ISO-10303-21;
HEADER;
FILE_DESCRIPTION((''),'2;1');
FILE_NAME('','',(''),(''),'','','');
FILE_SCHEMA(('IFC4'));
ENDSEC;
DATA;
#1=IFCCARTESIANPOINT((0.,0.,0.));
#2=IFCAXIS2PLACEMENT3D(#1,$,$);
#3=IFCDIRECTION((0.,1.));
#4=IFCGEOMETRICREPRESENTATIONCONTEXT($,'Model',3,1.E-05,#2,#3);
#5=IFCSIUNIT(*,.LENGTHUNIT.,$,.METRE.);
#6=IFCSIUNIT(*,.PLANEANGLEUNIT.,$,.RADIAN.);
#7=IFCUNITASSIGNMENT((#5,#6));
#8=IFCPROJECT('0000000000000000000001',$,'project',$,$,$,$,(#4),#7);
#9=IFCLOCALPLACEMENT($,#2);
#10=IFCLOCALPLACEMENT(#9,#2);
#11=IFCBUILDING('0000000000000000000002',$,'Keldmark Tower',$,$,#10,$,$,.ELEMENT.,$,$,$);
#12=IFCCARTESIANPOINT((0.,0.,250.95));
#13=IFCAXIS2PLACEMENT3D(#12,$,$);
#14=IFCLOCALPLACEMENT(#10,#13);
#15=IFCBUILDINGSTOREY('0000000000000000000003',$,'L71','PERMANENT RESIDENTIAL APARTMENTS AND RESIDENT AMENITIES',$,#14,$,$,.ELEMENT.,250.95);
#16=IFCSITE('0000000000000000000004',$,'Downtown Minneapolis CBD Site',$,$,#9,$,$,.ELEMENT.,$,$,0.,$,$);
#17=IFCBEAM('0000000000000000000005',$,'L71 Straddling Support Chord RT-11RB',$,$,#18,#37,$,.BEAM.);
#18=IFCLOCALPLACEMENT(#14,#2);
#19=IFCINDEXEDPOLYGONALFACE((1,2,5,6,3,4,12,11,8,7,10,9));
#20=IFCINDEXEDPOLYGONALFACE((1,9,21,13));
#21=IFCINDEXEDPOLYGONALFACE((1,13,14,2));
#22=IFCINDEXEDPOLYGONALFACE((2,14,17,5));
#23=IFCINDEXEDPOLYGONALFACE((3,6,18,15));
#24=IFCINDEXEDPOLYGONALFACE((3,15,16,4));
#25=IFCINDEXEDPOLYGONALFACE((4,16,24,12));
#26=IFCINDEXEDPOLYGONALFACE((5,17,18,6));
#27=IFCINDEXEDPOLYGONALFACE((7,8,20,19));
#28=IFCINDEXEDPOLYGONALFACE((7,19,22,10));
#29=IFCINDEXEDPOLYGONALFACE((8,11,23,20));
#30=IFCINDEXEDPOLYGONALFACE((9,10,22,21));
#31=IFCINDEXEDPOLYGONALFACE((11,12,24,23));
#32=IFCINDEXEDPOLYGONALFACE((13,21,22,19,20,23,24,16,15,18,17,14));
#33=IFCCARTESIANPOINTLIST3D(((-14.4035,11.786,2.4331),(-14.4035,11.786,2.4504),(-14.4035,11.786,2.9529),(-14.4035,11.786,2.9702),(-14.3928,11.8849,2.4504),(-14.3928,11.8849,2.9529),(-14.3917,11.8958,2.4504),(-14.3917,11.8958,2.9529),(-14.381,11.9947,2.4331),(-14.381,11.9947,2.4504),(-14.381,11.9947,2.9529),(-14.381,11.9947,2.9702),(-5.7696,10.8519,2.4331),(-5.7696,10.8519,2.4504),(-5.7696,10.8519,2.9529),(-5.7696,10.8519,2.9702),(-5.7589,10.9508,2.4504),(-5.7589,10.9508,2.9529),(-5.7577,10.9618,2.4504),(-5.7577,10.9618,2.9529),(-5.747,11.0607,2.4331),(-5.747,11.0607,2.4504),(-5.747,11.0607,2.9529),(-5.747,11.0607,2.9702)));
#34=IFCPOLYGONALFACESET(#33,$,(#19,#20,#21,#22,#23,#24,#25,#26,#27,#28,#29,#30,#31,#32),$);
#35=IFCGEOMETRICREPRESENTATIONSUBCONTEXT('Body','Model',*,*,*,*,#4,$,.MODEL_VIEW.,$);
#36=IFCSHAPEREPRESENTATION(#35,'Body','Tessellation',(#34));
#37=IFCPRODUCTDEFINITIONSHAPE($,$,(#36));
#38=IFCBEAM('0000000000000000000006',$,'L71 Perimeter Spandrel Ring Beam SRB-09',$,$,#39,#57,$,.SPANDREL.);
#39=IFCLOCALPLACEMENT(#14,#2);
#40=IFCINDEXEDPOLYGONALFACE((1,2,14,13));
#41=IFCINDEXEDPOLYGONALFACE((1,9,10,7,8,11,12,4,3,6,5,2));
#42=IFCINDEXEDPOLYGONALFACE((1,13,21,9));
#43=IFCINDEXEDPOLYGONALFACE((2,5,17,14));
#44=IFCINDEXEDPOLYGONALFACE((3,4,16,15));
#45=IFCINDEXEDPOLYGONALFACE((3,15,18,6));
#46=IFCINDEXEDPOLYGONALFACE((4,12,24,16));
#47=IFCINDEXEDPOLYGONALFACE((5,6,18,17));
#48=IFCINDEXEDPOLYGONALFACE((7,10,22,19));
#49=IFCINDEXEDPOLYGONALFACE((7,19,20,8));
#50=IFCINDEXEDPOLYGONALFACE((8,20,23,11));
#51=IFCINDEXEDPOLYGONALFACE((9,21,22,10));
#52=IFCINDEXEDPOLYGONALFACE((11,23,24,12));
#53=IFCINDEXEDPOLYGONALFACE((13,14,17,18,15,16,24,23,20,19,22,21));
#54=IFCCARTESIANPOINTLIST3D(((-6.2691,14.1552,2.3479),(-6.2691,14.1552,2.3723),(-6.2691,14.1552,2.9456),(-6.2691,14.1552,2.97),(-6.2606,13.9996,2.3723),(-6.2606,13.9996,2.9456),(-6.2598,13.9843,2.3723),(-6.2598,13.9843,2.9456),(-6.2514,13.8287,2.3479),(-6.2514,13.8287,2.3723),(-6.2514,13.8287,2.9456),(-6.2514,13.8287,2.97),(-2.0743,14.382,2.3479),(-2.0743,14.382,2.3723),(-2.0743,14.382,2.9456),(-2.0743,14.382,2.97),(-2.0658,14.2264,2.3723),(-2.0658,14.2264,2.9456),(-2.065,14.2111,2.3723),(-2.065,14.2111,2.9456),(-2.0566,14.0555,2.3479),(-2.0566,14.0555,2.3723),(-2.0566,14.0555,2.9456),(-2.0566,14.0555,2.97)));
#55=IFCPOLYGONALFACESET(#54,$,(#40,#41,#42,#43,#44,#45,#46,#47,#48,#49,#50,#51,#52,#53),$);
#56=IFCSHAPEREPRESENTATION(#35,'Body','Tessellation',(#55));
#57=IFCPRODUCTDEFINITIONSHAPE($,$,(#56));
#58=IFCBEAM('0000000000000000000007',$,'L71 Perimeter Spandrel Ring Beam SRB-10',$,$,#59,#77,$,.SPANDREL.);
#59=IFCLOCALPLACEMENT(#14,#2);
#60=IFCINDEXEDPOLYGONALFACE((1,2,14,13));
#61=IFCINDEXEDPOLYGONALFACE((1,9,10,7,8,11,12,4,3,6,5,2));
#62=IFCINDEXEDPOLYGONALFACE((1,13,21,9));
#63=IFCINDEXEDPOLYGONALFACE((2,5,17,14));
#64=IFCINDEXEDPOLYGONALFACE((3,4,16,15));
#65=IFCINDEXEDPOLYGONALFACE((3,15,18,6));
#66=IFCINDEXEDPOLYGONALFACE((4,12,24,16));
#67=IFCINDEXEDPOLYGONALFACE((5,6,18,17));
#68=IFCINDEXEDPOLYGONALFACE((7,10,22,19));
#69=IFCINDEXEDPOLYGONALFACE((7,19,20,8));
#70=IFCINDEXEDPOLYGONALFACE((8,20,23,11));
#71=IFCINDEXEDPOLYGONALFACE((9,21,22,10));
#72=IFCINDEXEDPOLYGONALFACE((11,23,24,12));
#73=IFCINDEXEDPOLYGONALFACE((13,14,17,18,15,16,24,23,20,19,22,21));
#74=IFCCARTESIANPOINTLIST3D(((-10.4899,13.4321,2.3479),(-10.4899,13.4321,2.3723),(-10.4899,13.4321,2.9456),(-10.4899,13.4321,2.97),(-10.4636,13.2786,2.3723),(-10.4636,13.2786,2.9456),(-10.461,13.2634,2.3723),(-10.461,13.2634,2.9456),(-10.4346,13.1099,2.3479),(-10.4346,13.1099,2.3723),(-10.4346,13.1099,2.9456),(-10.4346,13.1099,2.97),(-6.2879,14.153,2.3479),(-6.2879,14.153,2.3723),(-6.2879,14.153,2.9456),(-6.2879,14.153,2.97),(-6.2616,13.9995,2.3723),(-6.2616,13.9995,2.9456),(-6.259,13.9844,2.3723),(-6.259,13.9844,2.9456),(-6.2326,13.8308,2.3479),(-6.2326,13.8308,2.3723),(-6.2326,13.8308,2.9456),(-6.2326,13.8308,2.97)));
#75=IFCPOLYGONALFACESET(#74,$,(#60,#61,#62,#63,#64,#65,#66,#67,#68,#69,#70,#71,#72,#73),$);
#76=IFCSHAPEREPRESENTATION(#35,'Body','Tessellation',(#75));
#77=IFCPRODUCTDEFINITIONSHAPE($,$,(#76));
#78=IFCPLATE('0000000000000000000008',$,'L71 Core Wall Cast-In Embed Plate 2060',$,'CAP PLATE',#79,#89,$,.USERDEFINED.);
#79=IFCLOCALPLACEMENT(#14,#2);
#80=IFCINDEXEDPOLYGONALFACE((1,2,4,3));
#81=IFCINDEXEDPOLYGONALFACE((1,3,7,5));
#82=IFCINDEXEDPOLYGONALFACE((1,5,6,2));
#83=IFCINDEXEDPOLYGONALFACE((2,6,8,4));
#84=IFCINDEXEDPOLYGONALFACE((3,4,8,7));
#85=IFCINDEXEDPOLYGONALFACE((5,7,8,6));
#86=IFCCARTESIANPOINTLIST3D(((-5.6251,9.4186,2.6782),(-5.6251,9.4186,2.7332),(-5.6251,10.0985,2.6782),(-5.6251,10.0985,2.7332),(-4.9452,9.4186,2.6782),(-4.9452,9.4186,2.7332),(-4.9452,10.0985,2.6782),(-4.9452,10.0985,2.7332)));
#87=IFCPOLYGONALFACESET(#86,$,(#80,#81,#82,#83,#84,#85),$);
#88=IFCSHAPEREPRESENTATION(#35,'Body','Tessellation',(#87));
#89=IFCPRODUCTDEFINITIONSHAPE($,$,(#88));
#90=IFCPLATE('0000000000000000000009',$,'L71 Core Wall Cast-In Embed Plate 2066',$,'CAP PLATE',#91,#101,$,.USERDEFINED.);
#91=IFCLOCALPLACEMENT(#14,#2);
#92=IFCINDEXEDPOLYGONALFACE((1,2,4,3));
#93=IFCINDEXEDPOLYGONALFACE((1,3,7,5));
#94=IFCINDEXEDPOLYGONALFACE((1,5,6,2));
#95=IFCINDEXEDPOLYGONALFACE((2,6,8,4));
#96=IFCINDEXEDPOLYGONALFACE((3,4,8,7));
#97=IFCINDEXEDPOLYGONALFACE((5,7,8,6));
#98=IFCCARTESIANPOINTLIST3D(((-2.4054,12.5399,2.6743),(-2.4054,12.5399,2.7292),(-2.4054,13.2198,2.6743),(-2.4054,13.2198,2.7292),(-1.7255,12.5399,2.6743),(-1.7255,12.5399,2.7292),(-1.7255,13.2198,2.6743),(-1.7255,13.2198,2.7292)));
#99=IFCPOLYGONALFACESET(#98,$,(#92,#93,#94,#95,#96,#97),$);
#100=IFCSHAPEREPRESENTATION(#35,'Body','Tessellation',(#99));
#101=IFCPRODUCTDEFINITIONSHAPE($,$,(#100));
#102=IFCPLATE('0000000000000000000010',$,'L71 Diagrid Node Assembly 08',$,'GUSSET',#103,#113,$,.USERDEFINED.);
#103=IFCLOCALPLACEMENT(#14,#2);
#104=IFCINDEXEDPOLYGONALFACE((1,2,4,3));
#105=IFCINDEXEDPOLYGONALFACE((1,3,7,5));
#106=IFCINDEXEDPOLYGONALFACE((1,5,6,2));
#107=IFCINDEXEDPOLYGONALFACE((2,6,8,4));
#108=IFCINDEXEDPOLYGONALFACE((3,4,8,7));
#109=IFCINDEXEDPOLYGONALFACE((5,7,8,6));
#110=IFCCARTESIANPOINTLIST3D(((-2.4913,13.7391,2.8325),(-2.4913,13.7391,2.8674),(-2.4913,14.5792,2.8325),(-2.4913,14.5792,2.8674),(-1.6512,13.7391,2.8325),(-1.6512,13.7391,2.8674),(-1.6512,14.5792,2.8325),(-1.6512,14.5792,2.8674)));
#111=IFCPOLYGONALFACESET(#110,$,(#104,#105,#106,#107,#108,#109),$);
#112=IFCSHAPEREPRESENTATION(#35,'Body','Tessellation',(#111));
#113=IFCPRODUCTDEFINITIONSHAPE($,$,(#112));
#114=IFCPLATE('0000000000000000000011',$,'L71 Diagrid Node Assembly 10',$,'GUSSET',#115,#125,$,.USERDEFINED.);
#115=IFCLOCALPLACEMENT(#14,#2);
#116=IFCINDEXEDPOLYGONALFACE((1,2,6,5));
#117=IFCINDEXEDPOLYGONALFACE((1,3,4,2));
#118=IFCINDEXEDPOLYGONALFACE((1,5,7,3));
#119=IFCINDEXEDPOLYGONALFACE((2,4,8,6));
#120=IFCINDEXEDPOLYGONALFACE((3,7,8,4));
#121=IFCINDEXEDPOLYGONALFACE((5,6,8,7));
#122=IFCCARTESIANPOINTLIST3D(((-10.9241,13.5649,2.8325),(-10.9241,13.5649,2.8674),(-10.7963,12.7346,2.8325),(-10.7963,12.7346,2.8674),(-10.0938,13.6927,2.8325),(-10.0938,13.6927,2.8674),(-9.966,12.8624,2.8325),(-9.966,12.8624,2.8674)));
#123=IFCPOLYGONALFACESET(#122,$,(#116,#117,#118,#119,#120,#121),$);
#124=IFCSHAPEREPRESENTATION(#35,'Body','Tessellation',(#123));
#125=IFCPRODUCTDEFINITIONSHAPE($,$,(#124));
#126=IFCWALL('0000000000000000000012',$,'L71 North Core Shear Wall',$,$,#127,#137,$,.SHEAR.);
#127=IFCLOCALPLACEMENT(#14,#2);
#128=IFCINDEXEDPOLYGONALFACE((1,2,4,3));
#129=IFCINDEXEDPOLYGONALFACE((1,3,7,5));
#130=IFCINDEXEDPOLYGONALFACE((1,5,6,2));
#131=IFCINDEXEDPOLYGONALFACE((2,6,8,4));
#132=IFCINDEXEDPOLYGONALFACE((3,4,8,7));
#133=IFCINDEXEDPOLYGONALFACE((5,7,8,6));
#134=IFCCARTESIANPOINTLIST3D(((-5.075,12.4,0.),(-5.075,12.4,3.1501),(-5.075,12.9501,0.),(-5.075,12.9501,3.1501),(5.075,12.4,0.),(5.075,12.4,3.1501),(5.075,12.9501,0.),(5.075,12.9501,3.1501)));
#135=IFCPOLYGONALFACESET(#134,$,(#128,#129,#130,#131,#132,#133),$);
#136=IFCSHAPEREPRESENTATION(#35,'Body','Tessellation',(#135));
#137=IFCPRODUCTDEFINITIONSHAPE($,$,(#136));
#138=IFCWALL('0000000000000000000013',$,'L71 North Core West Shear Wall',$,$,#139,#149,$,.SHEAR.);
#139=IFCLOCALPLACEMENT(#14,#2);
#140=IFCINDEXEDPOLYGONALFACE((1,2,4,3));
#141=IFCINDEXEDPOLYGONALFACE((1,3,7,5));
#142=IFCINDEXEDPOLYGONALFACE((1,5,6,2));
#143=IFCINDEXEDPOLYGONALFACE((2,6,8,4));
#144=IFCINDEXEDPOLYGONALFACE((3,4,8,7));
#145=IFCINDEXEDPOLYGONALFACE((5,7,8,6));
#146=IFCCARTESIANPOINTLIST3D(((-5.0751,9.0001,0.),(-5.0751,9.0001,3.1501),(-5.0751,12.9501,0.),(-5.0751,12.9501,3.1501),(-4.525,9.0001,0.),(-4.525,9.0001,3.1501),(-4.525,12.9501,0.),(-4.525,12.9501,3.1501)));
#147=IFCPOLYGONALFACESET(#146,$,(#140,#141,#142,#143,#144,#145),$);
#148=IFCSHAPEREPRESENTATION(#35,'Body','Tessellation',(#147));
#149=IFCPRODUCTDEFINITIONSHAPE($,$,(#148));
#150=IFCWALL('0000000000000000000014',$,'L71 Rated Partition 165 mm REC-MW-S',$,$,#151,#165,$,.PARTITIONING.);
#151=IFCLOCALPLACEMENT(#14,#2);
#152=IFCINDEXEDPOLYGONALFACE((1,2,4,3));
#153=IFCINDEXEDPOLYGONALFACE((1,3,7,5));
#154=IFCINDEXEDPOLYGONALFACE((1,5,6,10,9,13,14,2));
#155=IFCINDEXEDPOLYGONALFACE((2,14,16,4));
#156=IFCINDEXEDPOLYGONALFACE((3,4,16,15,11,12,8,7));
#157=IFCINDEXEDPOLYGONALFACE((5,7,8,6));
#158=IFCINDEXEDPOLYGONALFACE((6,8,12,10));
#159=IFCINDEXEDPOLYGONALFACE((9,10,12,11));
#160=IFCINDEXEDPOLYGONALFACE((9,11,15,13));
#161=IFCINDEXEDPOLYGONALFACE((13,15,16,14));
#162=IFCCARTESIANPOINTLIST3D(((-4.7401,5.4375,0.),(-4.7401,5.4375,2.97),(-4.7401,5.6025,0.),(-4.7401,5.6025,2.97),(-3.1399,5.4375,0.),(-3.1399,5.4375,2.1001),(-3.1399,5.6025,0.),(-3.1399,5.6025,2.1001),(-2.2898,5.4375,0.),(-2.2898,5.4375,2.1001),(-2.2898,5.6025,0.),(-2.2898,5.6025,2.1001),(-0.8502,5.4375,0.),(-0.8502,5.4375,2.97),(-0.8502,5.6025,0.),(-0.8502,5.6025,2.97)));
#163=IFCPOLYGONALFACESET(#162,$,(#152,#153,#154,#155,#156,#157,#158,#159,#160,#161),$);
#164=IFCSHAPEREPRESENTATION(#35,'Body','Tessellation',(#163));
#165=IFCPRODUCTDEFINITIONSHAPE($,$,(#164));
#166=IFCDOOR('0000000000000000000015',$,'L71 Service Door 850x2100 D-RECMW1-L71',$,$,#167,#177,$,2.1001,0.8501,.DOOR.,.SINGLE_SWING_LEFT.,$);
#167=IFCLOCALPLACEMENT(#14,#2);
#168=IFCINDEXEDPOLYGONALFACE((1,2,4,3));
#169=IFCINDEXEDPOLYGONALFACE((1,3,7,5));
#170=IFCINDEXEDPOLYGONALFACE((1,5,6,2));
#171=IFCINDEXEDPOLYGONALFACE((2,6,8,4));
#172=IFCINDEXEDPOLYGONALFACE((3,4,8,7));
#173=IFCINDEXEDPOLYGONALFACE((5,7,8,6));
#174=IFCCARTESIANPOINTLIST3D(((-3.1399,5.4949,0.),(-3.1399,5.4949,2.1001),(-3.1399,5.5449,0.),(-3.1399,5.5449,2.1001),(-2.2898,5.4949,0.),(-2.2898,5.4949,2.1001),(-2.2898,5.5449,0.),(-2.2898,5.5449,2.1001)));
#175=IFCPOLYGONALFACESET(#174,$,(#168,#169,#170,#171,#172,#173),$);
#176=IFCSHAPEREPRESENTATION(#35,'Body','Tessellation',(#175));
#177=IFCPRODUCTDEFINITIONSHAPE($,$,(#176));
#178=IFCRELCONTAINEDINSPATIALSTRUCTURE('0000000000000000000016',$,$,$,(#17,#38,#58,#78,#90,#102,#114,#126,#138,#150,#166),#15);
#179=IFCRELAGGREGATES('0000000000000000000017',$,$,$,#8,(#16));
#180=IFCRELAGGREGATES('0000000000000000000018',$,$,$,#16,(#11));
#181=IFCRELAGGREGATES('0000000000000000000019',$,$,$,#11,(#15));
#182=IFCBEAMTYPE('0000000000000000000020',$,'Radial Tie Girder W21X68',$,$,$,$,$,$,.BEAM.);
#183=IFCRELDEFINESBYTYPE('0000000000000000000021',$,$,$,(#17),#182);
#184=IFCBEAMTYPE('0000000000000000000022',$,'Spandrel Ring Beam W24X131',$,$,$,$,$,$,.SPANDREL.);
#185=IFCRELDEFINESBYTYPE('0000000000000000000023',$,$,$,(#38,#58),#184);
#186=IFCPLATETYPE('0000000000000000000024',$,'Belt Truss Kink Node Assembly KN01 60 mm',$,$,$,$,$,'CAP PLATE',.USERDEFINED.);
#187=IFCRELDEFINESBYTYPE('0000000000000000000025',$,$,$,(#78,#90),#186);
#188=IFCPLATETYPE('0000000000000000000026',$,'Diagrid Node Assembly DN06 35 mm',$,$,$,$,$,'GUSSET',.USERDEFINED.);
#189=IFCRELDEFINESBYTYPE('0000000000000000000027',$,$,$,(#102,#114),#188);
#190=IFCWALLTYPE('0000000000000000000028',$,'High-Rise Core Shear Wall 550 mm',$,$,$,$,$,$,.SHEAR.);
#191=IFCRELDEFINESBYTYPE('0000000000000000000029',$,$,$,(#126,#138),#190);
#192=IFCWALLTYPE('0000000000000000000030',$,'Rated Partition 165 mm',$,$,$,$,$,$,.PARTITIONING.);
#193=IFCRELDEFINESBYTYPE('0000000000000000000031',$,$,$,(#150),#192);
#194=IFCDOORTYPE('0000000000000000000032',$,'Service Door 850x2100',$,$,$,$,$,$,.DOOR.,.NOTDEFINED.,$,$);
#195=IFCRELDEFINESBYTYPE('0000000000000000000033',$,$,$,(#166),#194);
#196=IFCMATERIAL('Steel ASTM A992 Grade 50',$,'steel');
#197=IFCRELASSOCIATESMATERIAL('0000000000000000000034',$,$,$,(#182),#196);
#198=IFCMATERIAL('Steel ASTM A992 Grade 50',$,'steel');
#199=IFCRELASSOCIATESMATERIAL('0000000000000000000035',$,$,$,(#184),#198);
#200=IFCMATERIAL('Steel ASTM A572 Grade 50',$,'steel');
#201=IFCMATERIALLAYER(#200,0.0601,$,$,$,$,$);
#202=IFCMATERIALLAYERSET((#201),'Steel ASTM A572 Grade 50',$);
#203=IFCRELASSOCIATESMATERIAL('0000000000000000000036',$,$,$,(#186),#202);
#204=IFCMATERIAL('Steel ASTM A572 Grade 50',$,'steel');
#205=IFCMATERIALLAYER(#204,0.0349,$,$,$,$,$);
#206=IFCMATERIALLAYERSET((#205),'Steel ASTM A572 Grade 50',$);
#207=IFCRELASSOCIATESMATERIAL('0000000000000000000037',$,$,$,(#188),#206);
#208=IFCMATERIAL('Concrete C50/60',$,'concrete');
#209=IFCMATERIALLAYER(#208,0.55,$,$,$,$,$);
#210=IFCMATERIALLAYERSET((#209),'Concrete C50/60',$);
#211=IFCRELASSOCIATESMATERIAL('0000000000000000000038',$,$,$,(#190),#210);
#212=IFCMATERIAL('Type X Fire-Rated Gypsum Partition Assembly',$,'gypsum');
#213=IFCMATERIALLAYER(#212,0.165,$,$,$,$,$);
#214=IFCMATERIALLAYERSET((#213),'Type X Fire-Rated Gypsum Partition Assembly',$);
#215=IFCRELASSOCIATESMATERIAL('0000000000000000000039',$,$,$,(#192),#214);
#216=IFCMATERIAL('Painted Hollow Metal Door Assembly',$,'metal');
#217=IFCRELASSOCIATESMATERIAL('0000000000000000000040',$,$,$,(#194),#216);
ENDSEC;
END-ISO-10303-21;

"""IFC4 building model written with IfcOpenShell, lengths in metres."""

from ifc_helpers import new_model, si_unit, direction, frame, frame_2d, origin, origin_2d, place, context, subcontext, project, spatial, rectangle, i_section, extrude, material, layer, layer_set, material_profile, profile_set, type_object, element, fill, save


model = new_model("IFC4")

# Units and contexts
model_context = context("Model", 3, precision=1e-05, world=origin(), true_north=direction((0.0, 1.0)))
body_context = subcontext(model_context, "Body", "Model", "MODEL_VIEW")
ifc_project = project(units=[si_unit("LENGTHUNIT", "METRE"), si_unit("PLANEANGLEUNIT", "RADIAN")], contexts=[model_context])

# Site, building, storey
site_placement = place(None, origin())
site = spatial("IfcSite", under=ifc_project, at=site_placement, Name="Downtown Minneapolis CBD Site", CompositionType="ELEMENT", RefElevation=0.0)
building_placement = place(site_placement, origin())
building = spatial("IfcBuilding", under=site, at=building_placement, Name="Keldmark Tower", CompositionType="ELEMENT")
storey_placement = place(building_placement, frame((0.0, 0.0, 250.95)))
storey = spatial("IfcBuildingStorey", under=building, at=storey_placement, Name="L71", Description="PERMANENT RESIDENTIAL APARTMENTS AND RESIDENT AMENITIES", CompositionType="ELEMENT", Elevation=250.95)

# Beams
ifc_material_1 = material(Name="Steel ASTM A992 Grade 50", Category="steel")
ifc_material_profile_1 = material_profile(ifc_material_1, i_section(OverallWidth=0.21, OverallDepth=0.5371, WebThickness=0.011, FlangeThickness=0.0173, at=origin_2d()), Name="W21X68")
ifc_profile_set_1 = profile_set([ifc_material_profile_1], Name="Steel ASTM A992 Grade 50")
beam_type_1 = type_object("IfcBeamType", Name="Radial Tie Girder W21X68", PredefinedType="BEAM", material=ifc_profile_set_1)
beam_1_placement = place(storey_placement, frame((-5.7583, 10.9563, 2.7017), z_axis=(-0.994199, 0.107558, 0.0), x_axis=(-0.107558, -0.994199, 0.0)))
element("IfcBeam", 1, at=beam_1_placement, inside=storey, type_object=beam_type_1, Name="L71 Straddling Support Chord RT-11RB", PredefinedType="BEAM", context=body_context, shape_type="SweptSolid", body=[
    extrude(i_section(OverallWidth=0.21, OverallDepth=0.5371, WebThickness=0.011, FlangeThickness=0.0173, at=origin_2d()), origin(), (0.0, 0.0, 1.0), 8.6843),
])
ifc_material_2 = material(Name="Steel ASTM A992 Grade 50", Category="steel")
ifc_material_profile_2 = material_profile(ifc_material_2, i_section(OverallWidth=0.3269, OverallDepth=0.6221, WebThickness=0.0154, FlangeThickness=0.0244, at=origin_2d()), Name="W24X131")
ifc_profile_set_2 = profile_set([ifc_material_profile_2], Name="Steel ASTM A992 Grade 50")
beam_type_2 = type_object("IfcBeamType", Name="Spandrel Ring Beam W24X131", PredefinedType="SPANDREL", material=ifc_profile_set_2)
beam_2_placement = place(storey_placement, frame((-2.0654, 14.2188, 2.6589), z_axis=(-0.998542, -0.053989, 0.0), x_axis=(0.053989, -0.998542, 0.0)))
element("IfcBeam", 2, at=beam_2_placement, inside=storey, type_object=beam_type_2, Name="L71 Perimeter Spandrel Ring Beam SRB-09", PredefinedType="SPANDREL", context=body_context, shape_type="SweptSolid", body=[
    extrude(i_section(OverallWidth=0.3269, OverallDepth=0.6221, WebThickness=0.0154, FlangeThickness=0.0244, at=origin_2d()), origin(), (0.0, 0.0, 1.0), 4.2009),
])
beam_3_placement = place(storey_placement, frame((-6.2603, 13.9919, 2.6589), z_axis=(-0.9856, -0.169096, 0.0), x_axis=(0.169096, -0.9856, 0.0)))
element("IfcBeam", 3, at=beam_3_placement, inside=storey, type_object=beam_type_2, Name="L71 Perimeter Spandrel Ring Beam SRB-10", PredefinedType="SPANDREL", context=body_context, shape_type="SweptSolid", body=[
    extrude(i_section(OverallWidth=0.3269, OverallDepth=0.6221, WebThickness=0.0154, FlangeThickness=0.0244, at=origin_2d()), origin(), (0.0, 0.0, 1.0), 4.2634),
])

# Plates
ifc_material_3 = material(Name="Steel ASTM A572 Grade 50", Category="steel")
ifc_layer_1 = layer(ifc_material_3, 0.0601)
ifc_layer_set_1 = layer_set([ifc_layer_1], Name="Steel ASTM A572 Grade 50")
plate_type_1 = type_object("IfcPlateType", Name="Belt Truss Kink Node Assembly KN01 60 mm", ElementType="CAP PLATE", PredefinedType="USERDEFINED", material=ifc_layer_set_1)
for number, where, z_axis, x_axis, name in (
    (4, (-5.2852, 9.7585, 2.6782), (0.0, 0.0, 1.0), (1.0, 0.0, 0.0), "L71 Core Wall Cast-In Embed Plate 2060"),
    (5, (-2.0654, 12.8799, 2.6743), (0.0, 0.0, 1.0), (1.0, 0.0, 0.0), "L71 Core Wall Cast-In Embed Plate 2066"),
):
    element("IfcPlate", number, at=place(storey_placement, frame(where, z_axis=z_axis, x_axis=x_axis)), inside=storey, type_object=plate_type_1, Name=name, ObjectType="CAP PLATE", PredefinedType="USERDEFINED", context=body_context, shape_type="SweptSolid", body=[
        extrude(rectangle(XDim=0.6799, YDim=0.6799, at=origin_2d()), origin(), (0.0, 0.0, 1.0), 0.0549),
    ])
ifc_material_4 = material(Name="Steel ASTM A572 Grade 50", Category="steel")
ifc_layer_2 = layer(ifc_material_4, 0.0349)
ifc_layer_set_2 = layer_set([ifc_layer_2], Name="Steel ASTM A572 Grade 50")
plate_type_2 = type_object("IfcPlateType", Name="Diagrid Node Assembly DN06 35 mm", ElementType="GUSSET", PredefinedType="USERDEFINED", material=ifc_layer_set_2)
for number, where, z_axis, x_axis, name in (
    (6, (-2.0713, 14.1592, 2.8325), (0.0, 0.0, 1.0), (-1.0, 0.0, 0.0), "L71 Diagrid Node Assembly 08"),
    (7, (-10.4451, 13.2136, 2.8325), (0.0, 0.0, 1.0), (-0.988362, -0.152123, 0.0), "L71 Diagrid Node Assembly 10"),
):
    element("IfcPlate", number, at=place(storey_placement, frame(where, z_axis=z_axis, x_axis=x_axis)), inside=storey, type_object=plate_type_2, Name=name, ObjectType="GUSSET", PredefinedType="USERDEFINED", context=body_context, shape_type="SweptSolid", body=[
        extrude(rectangle(XDim=0.8401, YDim=0.8401, at=origin_2d()), origin(), (0.0, 0.0, 1.0), 0.0349),
    ])

# Walls
ifc_material_5 = material(Name="Concrete C50/60", Category="concrete")
ifc_layer_3 = layer(ifc_material_5, 0.55)
ifc_layer_set_3 = layer_set([ifc_layer_3], Name="Concrete C50/60")
wall_type_1 = type_object("IfcWallType", Name="High-Rise Core Shear Wall 550 mm", PredefinedType="SHEAR", material=ifc_layer_set_3)
wall_1_placement = place(storey_placement, frame((-5.075, 12.675, 0.0), z_axis=(0.0, 0.0, 1.0), x_axis=(1.0, 0.0, 0.0)))
element("IfcWall", 8, at=wall_1_placement, inside=storey, type_object=wall_type_1, Name="L71 North Core Shear Wall", PredefinedType="SHEAR", context=body_context, shape_type="SweptSolid", body=[
    extrude(rectangle(XDim=10.1499, YDim=0.55, at=frame_2d((5.075, 0.0))), origin(), (0.0, 0.0, 1.0), 3.1501),
])
wall_2_placement = place(storey_placement, frame((-4.8, 9.0, 0.0), z_axis=(0.0, 0.0, 1.0), x_axis=(0.0, 1.0, 0.0)))
element("IfcWall", 9, at=wall_2_placement, inside=storey, type_object=wall_type_1, Name="L71 North Core West Shear Wall", PredefinedType="SHEAR", context=body_context, shape_type="SweptSolid", body=[
    extrude(rectangle(XDim=3.95, YDim=0.55, at=frame_2d((1.9751, 0.0))), origin(), (0.0, 0.0, 1.0), 3.1501),
])

# Wall, opening, door
ifc_material_6 = material(Name="Type X Fire-Rated Gypsum Partition Assembly", Category="gypsum")
ifc_layer_4 = layer(ifc_material_6, 0.165)
ifc_layer_set_4 = layer_set([ifc_layer_4], Name="Type X Fire-Rated Gypsum Partition Assembly")
wall_type_2 = type_object("IfcWallType", Name="Rated Partition 165 mm", PredefinedType="PARTITIONING", material=ifc_layer_set_4)
wall_3_placement = place(storey_placement, frame((-4.74, 5.52, 0.0), z_axis=(0.0, 0.0, 1.0), x_axis=(1.0, 0.0, 0.0)))
wall_3 = element("IfcWall", 10, at=wall_3_placement, inside=storey, type_object=wall_type_2, Name="L71 Rated Partition 165 mm REC-MW-S", PredefinedType="PARTITIONING", context=body_context, shape_type="SweptSolid", body=[
    extrude(rectangle(XDim=3.8899, YDim=0.165, at=frame_2d((1.9448, 0.0))), origin(), (0.0, 0.0, 1.0), 2.97),
])
opening_1_placement = place(wall_3_placement, frame((1.6001, 0.0, 0.0)))
opening_1 = element("IfcOpeningElement", 11, at=opening_1_placement, cuts=wall_3, PredefinedType="OPENING", context=body_context, shape_type="SweptSolid", body=[
    extrude(rectangle(XDim=0.8501, YDim=2.1001, at=frame_2d((0.425, 1.05))), frame((0.0, 0.0925, 0.0), z_axis=(0.0, -1.0, 0.0), x_axis=(1.0, 0.0, 0.0)), (0.0, 0.0, 1.0), 0.1851),
])
ifc_material_7 = material(Name="Painted Hollow Metal Door Assembly", Category="metal")
door_type_1 = type_object("IfcDoorType", Name="Service Door 850x2100", OperationType="NOTDEFINED", PredefinedType="DOOR", material=ifc_material_7)
door_1_placement = place(opening_1_placement, origin())
door_1 = element("IfcDoor", 12, at=door_1_placement, inside=storey, type_object=door_type_1, Name="L71 Service Door 850x2100 D-RECMW1-L71", OperationType="SINGLE_SWING_LEFT", OverallHeight=2.1001, OverallWidth=0.8501, PredefinedType="DOOR", context=body_context, shape_type="SweptSolid", body=[
    extrude(rectangle(XDim=0.8501, YDim=2.1001, at=frame_2d((0.425, 1.05))), frame((0.0, 0.0249, 0.0), z_axis=(0.0, -1.0, 0.0), x_axis=(1.0, 0.0, 0.0)), (0.0, 0.0, 1.0), 0.05),
])
fill(opening_1, door_1)

save(model, "model.ifc")
